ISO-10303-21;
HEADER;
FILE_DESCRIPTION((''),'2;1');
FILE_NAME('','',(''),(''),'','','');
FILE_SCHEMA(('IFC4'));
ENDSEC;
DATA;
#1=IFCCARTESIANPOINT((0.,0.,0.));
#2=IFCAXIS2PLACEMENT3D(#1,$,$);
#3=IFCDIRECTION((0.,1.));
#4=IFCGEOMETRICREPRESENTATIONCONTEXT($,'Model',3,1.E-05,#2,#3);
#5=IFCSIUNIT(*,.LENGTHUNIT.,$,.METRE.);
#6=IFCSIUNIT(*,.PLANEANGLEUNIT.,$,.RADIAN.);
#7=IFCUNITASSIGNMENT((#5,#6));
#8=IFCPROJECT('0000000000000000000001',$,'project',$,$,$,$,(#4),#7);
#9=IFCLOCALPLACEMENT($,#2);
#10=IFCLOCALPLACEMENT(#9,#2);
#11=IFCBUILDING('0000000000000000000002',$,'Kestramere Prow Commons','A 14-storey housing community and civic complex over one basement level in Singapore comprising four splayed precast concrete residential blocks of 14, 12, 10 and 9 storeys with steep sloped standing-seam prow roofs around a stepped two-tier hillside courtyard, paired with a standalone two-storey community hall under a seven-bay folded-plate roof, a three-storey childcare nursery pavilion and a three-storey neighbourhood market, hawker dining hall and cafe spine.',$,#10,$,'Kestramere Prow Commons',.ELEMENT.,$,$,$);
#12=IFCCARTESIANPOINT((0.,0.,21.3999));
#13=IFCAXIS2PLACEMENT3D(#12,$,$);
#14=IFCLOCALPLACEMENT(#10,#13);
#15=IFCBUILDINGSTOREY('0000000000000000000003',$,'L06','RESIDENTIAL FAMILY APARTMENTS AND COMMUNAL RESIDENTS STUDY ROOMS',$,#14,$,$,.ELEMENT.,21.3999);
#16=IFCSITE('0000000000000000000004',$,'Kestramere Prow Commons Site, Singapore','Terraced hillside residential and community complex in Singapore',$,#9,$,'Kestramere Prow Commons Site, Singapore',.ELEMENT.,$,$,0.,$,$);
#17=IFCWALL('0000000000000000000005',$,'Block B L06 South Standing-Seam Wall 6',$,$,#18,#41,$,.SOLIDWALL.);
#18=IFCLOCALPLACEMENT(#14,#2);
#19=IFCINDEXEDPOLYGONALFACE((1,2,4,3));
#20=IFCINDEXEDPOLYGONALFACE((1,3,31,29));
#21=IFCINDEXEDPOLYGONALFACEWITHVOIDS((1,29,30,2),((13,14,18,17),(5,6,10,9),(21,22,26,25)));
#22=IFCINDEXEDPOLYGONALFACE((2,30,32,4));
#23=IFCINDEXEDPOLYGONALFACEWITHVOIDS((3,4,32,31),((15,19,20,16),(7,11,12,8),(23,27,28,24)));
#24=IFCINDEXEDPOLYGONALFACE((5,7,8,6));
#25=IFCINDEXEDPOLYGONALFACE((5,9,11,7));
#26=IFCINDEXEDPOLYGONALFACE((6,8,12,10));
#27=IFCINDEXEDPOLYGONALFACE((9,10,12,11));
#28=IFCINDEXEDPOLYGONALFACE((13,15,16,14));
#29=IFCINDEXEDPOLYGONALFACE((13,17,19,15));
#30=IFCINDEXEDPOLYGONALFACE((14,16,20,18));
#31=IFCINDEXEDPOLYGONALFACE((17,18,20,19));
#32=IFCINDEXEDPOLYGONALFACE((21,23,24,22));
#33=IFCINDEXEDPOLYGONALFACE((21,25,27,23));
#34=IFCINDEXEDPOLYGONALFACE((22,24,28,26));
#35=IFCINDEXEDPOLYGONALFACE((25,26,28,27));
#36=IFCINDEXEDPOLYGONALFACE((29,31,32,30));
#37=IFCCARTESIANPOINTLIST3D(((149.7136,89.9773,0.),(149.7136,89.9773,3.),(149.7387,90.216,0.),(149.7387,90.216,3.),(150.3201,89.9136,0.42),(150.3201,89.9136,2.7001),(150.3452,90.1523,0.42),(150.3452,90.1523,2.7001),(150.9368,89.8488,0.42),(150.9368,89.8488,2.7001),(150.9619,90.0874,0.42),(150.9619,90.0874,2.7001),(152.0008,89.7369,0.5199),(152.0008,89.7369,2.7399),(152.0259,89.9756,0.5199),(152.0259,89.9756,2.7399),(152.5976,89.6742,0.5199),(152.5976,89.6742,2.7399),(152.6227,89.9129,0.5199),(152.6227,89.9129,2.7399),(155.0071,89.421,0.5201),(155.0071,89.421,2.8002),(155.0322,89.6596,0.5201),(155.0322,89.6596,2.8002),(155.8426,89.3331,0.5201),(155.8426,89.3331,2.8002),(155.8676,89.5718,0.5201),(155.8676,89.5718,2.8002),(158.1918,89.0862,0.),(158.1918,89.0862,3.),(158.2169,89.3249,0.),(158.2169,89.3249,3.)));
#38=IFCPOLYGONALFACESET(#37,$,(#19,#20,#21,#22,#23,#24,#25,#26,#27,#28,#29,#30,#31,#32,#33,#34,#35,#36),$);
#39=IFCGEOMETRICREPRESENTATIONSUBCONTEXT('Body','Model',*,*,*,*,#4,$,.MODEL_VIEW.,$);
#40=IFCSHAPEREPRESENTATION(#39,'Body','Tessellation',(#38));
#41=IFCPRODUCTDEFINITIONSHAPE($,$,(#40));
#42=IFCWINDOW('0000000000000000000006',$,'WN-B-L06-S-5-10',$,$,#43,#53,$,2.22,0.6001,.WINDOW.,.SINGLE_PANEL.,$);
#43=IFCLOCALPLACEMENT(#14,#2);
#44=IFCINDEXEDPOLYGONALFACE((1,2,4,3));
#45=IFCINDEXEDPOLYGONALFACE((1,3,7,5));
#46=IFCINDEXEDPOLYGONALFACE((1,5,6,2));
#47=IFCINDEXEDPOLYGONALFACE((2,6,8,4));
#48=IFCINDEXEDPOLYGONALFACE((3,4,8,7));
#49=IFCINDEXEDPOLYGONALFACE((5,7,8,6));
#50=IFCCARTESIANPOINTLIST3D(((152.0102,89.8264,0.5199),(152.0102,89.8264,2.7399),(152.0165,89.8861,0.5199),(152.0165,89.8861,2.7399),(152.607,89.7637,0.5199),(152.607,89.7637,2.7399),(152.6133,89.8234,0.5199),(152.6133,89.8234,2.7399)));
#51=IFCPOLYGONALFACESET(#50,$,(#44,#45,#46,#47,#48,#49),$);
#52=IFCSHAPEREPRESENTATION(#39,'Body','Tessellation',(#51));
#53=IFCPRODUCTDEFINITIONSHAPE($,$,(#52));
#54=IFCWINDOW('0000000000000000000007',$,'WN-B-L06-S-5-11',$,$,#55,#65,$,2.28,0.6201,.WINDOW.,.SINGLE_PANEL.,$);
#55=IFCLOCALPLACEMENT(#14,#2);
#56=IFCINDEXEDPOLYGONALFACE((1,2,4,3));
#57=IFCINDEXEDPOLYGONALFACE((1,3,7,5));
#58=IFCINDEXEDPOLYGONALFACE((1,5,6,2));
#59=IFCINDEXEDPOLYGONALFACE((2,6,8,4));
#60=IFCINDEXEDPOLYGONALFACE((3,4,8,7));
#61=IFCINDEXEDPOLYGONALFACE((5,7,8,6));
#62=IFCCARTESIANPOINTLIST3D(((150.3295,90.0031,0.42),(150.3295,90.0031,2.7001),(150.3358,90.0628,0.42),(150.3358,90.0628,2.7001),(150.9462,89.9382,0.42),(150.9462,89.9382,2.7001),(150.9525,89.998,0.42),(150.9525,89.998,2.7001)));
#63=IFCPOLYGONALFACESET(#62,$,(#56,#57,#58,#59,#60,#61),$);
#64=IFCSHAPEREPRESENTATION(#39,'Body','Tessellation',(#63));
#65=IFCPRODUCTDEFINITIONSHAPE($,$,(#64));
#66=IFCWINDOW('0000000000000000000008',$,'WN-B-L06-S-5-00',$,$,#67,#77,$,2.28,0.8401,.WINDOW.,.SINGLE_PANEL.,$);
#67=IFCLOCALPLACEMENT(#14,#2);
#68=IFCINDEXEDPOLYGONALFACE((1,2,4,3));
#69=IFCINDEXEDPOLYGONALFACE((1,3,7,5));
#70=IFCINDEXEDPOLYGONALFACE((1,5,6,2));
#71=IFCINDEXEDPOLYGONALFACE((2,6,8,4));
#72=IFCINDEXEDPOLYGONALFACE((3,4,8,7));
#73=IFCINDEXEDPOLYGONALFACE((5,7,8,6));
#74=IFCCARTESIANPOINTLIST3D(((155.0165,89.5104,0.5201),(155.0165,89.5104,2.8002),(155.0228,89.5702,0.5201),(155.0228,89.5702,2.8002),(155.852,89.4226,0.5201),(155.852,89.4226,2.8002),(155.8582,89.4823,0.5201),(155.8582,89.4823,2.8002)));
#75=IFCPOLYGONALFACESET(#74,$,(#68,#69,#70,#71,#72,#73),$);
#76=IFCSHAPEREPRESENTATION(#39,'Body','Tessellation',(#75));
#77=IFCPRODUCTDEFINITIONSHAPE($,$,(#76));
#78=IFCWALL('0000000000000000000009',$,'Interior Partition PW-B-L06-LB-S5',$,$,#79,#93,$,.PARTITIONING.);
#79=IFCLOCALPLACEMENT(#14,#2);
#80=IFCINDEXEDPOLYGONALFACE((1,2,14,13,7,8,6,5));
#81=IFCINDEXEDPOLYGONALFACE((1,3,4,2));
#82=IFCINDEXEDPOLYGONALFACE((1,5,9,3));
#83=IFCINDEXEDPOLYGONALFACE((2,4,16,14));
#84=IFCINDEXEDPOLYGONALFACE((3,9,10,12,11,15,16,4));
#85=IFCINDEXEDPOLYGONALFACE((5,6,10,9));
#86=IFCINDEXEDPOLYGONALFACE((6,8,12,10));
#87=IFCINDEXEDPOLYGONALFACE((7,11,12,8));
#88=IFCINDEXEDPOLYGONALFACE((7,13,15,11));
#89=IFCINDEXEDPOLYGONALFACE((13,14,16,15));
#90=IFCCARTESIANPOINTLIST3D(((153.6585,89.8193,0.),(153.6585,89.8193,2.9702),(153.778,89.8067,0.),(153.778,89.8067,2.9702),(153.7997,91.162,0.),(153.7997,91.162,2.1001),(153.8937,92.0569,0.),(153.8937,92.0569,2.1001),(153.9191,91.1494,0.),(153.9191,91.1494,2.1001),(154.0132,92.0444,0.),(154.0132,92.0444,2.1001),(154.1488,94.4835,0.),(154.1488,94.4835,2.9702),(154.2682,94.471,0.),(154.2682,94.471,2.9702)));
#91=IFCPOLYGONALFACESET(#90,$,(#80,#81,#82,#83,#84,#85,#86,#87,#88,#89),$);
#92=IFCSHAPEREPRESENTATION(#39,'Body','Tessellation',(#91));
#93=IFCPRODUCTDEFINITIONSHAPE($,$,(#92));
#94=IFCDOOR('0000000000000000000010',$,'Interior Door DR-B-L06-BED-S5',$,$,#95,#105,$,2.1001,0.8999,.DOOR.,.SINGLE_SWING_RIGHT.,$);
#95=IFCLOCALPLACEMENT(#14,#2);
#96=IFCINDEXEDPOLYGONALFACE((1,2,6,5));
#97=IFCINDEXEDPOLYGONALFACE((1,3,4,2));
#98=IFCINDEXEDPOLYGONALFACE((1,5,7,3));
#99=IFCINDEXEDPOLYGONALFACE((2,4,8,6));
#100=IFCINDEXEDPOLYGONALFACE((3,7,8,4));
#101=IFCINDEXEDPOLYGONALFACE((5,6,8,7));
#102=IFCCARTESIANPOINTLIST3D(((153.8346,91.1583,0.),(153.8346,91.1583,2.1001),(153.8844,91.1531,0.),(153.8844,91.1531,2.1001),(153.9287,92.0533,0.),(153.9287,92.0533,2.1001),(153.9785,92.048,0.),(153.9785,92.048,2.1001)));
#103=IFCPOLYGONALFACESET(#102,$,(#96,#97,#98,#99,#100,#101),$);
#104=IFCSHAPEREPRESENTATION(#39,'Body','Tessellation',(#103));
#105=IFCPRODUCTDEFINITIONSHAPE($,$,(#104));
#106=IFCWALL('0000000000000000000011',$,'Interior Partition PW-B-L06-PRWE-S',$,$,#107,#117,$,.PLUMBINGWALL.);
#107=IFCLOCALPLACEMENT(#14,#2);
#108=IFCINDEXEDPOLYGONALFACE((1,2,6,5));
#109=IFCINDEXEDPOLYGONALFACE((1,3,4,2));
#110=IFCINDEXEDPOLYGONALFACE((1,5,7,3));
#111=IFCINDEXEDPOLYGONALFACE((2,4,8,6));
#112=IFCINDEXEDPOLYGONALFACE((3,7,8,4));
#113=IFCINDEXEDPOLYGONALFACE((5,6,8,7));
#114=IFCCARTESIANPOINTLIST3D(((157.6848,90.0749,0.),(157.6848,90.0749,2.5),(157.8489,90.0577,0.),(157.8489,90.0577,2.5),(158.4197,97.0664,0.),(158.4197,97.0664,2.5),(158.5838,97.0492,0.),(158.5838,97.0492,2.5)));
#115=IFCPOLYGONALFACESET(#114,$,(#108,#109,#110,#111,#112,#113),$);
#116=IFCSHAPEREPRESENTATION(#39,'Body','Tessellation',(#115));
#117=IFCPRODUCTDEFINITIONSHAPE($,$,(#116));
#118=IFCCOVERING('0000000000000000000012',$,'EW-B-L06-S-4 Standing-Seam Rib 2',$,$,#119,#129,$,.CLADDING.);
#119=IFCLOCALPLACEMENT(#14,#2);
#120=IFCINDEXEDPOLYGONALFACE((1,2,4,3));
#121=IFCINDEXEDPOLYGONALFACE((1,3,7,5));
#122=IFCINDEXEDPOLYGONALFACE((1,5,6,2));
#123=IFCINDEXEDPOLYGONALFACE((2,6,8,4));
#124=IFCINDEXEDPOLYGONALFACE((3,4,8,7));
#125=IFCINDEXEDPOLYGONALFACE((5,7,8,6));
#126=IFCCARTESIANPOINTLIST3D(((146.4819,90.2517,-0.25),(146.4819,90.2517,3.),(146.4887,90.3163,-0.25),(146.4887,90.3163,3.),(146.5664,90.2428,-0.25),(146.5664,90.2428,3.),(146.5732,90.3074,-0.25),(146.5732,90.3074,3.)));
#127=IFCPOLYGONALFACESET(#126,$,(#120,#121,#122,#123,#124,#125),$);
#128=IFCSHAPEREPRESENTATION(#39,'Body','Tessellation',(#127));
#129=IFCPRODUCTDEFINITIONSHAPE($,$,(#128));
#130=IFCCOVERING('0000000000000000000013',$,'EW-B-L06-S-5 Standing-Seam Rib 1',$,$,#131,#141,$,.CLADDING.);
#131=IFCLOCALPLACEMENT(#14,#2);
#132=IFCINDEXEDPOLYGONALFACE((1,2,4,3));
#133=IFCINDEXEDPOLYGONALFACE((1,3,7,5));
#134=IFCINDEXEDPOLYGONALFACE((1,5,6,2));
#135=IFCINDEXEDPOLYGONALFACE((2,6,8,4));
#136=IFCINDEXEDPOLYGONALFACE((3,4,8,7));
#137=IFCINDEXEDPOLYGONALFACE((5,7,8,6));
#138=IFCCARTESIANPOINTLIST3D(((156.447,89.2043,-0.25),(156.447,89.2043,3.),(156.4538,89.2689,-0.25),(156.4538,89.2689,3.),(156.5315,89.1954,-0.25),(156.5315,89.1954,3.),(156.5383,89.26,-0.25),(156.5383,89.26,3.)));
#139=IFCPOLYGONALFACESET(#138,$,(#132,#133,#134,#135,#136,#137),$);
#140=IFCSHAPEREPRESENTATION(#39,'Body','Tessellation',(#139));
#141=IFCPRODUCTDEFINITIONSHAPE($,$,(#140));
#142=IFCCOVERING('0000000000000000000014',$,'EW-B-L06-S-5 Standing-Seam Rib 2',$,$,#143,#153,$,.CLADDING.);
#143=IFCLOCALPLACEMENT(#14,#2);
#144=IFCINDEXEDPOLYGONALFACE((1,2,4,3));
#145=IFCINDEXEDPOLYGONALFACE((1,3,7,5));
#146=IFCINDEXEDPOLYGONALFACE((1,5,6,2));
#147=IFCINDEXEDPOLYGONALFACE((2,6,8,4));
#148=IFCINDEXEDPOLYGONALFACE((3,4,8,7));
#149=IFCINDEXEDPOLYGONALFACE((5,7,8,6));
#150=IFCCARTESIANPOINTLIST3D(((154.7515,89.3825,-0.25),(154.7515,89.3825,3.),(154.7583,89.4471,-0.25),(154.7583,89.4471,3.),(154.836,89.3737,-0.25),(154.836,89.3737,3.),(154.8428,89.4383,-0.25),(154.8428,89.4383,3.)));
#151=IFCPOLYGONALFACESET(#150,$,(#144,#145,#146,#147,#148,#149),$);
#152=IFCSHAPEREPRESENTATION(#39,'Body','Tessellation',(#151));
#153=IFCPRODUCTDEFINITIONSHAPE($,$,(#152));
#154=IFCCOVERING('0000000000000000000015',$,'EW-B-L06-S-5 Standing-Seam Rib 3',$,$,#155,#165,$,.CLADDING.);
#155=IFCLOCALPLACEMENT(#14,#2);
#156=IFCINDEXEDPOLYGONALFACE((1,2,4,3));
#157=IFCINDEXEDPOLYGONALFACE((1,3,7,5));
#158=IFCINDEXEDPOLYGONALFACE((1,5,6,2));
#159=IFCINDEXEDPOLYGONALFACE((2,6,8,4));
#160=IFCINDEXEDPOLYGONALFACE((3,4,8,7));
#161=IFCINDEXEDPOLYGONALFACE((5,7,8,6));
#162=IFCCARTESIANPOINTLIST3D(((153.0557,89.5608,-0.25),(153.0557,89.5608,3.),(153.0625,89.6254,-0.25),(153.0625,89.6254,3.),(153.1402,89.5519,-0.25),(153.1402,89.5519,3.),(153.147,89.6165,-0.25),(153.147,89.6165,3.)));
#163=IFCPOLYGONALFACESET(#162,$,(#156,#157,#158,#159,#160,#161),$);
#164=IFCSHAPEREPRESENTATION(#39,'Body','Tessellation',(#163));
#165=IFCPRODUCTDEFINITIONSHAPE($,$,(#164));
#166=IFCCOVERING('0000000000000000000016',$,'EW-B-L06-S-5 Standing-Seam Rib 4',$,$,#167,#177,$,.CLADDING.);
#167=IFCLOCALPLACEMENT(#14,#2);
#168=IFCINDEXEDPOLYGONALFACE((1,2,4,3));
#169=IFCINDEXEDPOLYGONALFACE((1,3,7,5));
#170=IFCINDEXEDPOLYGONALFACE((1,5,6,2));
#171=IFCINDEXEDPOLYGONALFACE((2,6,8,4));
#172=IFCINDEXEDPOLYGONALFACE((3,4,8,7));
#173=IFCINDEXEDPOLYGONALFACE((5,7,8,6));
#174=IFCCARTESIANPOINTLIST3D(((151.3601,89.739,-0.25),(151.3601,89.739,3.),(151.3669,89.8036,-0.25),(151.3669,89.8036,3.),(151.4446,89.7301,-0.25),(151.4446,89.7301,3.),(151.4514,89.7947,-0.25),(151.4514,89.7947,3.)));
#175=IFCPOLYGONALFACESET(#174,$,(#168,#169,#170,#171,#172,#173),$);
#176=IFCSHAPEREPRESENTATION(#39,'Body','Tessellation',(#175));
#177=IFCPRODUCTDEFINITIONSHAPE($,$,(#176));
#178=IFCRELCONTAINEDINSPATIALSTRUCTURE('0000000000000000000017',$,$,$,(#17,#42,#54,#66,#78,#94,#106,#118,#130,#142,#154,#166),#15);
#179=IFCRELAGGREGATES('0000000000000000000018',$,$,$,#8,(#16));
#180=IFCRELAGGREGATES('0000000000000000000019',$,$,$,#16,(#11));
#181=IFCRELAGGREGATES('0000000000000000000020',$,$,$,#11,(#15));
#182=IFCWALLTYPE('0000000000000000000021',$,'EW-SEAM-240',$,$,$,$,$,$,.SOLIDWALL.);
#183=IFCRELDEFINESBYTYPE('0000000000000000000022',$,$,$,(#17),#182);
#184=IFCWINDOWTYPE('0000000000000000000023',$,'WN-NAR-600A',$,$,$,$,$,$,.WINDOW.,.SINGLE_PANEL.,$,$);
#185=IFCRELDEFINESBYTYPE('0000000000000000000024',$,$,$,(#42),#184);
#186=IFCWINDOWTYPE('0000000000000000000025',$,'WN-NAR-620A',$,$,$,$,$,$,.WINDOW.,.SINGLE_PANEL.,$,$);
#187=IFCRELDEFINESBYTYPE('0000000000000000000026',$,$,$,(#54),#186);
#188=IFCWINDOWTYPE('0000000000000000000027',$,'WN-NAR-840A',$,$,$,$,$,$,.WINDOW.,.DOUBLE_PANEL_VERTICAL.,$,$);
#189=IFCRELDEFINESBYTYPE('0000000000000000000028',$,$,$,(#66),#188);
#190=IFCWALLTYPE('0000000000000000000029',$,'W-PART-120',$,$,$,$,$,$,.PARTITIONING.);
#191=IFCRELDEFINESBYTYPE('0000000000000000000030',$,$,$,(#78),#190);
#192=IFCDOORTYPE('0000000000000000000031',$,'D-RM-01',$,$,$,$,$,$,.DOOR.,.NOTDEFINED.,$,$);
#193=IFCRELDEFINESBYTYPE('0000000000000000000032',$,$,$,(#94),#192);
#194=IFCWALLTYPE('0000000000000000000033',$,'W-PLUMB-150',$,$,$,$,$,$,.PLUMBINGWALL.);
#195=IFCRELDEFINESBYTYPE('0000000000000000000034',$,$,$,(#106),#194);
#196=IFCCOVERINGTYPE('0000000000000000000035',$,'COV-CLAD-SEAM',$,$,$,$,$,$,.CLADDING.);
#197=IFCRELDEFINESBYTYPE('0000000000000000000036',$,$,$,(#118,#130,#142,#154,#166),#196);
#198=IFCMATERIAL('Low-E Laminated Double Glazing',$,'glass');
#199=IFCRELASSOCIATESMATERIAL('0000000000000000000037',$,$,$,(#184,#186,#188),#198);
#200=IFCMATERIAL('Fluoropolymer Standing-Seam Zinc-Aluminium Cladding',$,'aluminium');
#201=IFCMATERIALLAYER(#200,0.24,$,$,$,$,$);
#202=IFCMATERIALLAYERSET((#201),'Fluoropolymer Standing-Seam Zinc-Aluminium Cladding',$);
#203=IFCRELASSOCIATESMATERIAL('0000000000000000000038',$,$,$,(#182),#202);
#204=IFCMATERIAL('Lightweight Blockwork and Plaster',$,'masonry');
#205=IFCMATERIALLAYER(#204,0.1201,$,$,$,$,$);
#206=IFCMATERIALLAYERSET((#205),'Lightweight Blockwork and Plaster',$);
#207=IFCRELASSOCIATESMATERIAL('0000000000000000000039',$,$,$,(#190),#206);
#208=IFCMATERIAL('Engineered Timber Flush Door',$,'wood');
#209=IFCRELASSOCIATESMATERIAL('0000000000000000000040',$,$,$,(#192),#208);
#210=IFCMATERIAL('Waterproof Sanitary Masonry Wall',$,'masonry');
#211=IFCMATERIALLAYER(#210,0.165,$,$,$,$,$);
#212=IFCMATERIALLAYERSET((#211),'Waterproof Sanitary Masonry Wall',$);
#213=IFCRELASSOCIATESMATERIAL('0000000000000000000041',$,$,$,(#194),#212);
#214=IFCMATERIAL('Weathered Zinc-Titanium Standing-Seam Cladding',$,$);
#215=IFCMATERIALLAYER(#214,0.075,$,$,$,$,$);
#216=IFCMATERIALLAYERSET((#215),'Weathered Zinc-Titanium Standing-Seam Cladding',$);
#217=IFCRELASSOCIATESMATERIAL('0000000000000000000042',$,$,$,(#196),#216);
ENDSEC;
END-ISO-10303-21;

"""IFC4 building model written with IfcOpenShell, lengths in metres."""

from ifc_helpers import new_model, si_unit, direction, frame, frame_2d, origin, origin_2d, place, context, subcontext, project, spatial, rectangle, extrude, material, layer, layer_set, type_object, element, fill, save


model = new_model("IFC4")

# Units and contexts
model_context = context("Model", 3, precision=1e-05, world=origin(), true_north=direction((0.0, 1.0)))
body_context = subcontext(model_context, "Body", "Model", "MODEL_VIEW")
ifc_project = project(units=[si_unit("LENGTHUNIT", "METRE"), si_unit("PLANEANGLEUNIT", "RADIAN")], contexts=[model_context])

# Site, building, storey
site_placement = place(None, origin())
site = spatial("IfcSite", under=ifc_project, at=site_placement, Name="Kestramere Prow Commons Site, Singapore", Description="Terraced hillside residential and community complex in Singapore", LongName="Kestramere Prow Commons Site, Singapore", CompositionType="ELEMENT", RefElevation=0.0)
building_placement = place(site_placement, origin())
building = spatial("IfcBuilding", under=site, at=building_placement, Name="Kestramere Prow Commons", Description="A 14-storey housing community and civic complex over one basement level in Singapore comprising four splayed precast concrete residential blocks of 14, 12, 10 and 9 storeys with steep sloped standing-seam prow roofs around a stepped two-tier hillside courtyard, paired with a standalone two-storey community hall under a seven-bay folded-plate roof, a three-storey childcare nursery pavilion and a three-storey neighbourhood market, hawker dining hall and cafe spine.", LongName="Kestramere Prow Commons", CompositionType="ELEMENT")
storey_placement = place(building_placement, frame((0.0, 0.0, 21.3999)))
storey = spatial("IfcBuildingStorey", under=building, at=storey_placement, Name="L06", Description="RESIDENTIAL FAMILY APARTMENTS AND COMMUNAL RESIDENTS STUDY ROOMS", CompositionType="ELEMENT", Elevation=21.3999)

# Wall, openings, windows
ifc_material_1 = material(Name="Weathered Zinc-Titanium Standing-Seam Cladding")
ifc_material_2 = material(Name="Low-E Laminated Double Glazing", Category="glass")
window_type_1 = type_object("IfcWindowType", Name="WN-NAR-600A", PartitioningType="SINGLE_PANEL", PredefinedType="WINDOW", material=ifc_material_2)
ifc_material_3 = material(Name="Fluoropolymer Standing-Seam Zinc-Aluminium Cladding", Category="aluminium")
ifc_layer_1 = layer(ifc_material_3, 0.24)
ifc_layer_set_1 = layer_set([ifc_layer_1], Name="Fluoropolymer Standing-Seam Zinc-Aluminium Cladding")
wall_type_1 = type_object("IfcWallType", Name="EW-SEAM-240", PredefinedType="SOLIDWALL", material=ifc_layer_set_1)
wall_1_placement = place(storey_placement, frame((158.2043, 89.2056, 0.0), z_axis=(0.0, 0.0, 1.0), x_axis=(-0.994522, 0.10453, 0.0)))
wall_1 = element("IfcWall", 1, at=wall_1_placement, inside=storey, type_object=wall_type_1, Name="Block B L06 South Standing-Seam Wall 6", PredefinedType="SOLIDWALL", context=body_context, shape_type="SweptSolid", body=[
    extrude(rectangle(XDim=8.5249, YDim=0.24, at=frame_2d((4.2625, 0.0))), origin(), (0.0, 0.0, 1.0), 3.0),
])
opening_1_placement = place(wall_1_placement, frame((2.3623, 0.0, 0.52)))
opening_1 = element("IfcOpeningElement", 2, at=opening_1_placement, cuts=wall_1, PredefinedType="OPENING", context=body_context, shape_type="SweptSolid", body=[
    extrude(rectangle(XDim=0.8401, YDim=2.28, at=frame_2d((0.4199, 1.1401))), frame((0.0, 0.135, 0.0), z_axis=(0.0, -1.0, 0.0), x_axis=(1.0, 0.0, 0.0)), (0.0, 0.0, 1.0), 0.27),
])
opening_2_placement = place(wall_1_placement, frame((5.625, 0.0, 0.52)))
opening_2 = element("IfcOpeningElement", 3, at=opening_2_placement, cuts=wall_1, PredefinedType="OPENING", context=body_context, shape_type="SweptSolid", body=[
    extrude(rectangle(XDim=0.6001, YDim=2.22, at=frame_2d((0.3, 1.1099))), frame((0.0, 0.135, 0.0), z_axis=(0.0, -1.0, 0.0), x_axis=(1.0, 0.0, 0.0)), (0.0, 0.0, 1.0), 0.27),
])
opening_3_placement = place(wall_1_placement, frame((7.2949, 0.0, 0.4199)))
opening_3 = element("IfcOpeningElement", 4, at=opening_3_placement, cuts=wall_1, PredefinedType="OPENING", context=body_context, shape_type="SweptSolid", body=[
    extrude(rectangle(XDim=0.6201, YDim=2.28, at=frame_2d((0.3101, 1.1401))), frame((0.0, 0.135, 0.0), z_axis=(0.0, -1.0, 0.0), x_axis=(1.0, 0.0, 0.0)), (0.0, 0.0, 1.0), 0.27),
])
window_1_placement = place(opening_2_placement, origin())
window_1 = element("IfcWindow", 5, at=window_1_placement, inside=storey, type_object=window_type_1, Name="WN-B-L06-S-5-10", OverallHeight=2.22, OverallWidth=0.6001, PartitioningType="SINGLE_PANEL", PredefinedType="WINDOW", context=body_context, shape_type="SweptSolid", body=[
    extrude(rectangle(XDim=0.6001, YDim=2.22, at=frame_2d((0.3, 1.1099))), frame((0.0, 0.03, 0.0), z_axis=(0.0, -1.0, 0.0), x_axis=(1.0, 0.0, 0.0)), (0.0, 0.0, 1.0), 0.0601),
])
fill(opening_2, window_1)
window_type_2 = type_object("IfcWindowType", Name="WN-NAR-620A", PartitioningType="SINGLE_PANEL", PredefinedType="WINDOW", material=ifc_material_2)
window_2_placement = place(opening_3_placement, origin())
window_2 = element("IfcWindow", 6, at=window_2_placement, inside=storey, type_object=window_type_2, Name="WN-B-L06-S-5-11", OverallHeight=2.28, OverallWidth=0.6201, PartitioningType="SINGLE_PANEL", PredefinedType="WINDOW", context=body_context, shape_type="SweptSolid", body=[
    extrude(rectangle(XDim=0.6201, YDim=2.28, at=frame_2d((0.3101, 1.1401))), frame((0.0, 0.03, 0.0), z_axis=(0.0, -1.0, 0.0), x_axis=(1.0, 0.0, 0.0)), (0.0, 0.0, 1.0), 0.0601),
])
fill(opening_3, window_2)
window_type_3 = type_object("IfcWindowType", Name="WN-NAR-840A", PartitioningType="DOUBLE_PANEL_VERTICAL", PredefinedType="WINDOW", material=ifc_material_2)
window_3_placement = place(opening_1_placement, origin())
window_3 = element("IfcWindow", 7, at=window_3_placement, inside=storey, type_object=window_type_3, Name="WN-B-L06-S-5-00", OverallHeight=2.28, OverallWidth=0.8401, PartitioningType="SINGLE_PANEL", PredefinedType="WINDOW", context=body_context, shape_type="SweptSolid", body=[
    extrude(rectangle(XDim=0.8401, YDim=2.28, at=frame_2d((0.4199, 1.1401))), frame((0.0, 0.03, 0.0), z_axis=(0.0, -1.0, 0.0), x_axis=(1.0, 0.0, 0.0)), (0.0, 0.0, 1.0), 0.0601),
])
fill(opening_1, window_3)

# Wall, opening, door
ifc_material_4 = material(Name="Lightweight Blockwork and Plaster", Category="masonry")
ifc_layer_2 = layer(ifc_material_4, 0.1201)
ifc_layer_set_2 = layer_set([ifc_layer_2], Name="Lightweight Blockwork and Plaster")
wall_type_2 = type_object("IfcWallType", Name="W-PART-120", PredefinedType="PARTITIONING", material=ifc_layer_set_2)
wall_2_placement = place(storey_placement, frame((153.7183, 89.813, 0.0), z_axis=(0.0, 0.0, 1.0), x_axis=(0.104528, 0.994522, 0.0)))
wall_2 = element("IfcWall", 8, at=wall_2_placement, inside=storey, type_object=wall_type_2, Name="Interior Partition PW-B-L06-LB-S5", PredefinedType="PARTITIONING", context=body_context, shape_type="SweptSolid", body=[
    extrude(rectangle(XDim=4.6899, YDim=0.1201, at=frame_2d((2.345, 0.0))), origin(), (0.0, 0.0, 1.0), 2.9702),
])
opening_4_placement = place(wall_2_placement, frame((1.3501, 0.0, 0.0)))
opening_4 = element("IfcOpeningElement", 9, at=opening_4_placement, cuts=wall_2, PredefinedType="OPENING", context=body_context, shape_type="SweptSolid", body=[
    extrude(rectangle(XDim=0.8999, YDim=2.1001, at=frame_2d((0.45, 1.05))), frame((0.0, 0.075, 0.0), z_axis=(0.0, -1.0, 0.0), x_axis=(1.0, 0.0, 0.0)), (0.0, 0.0, 1.0), 0.1501),
])
ifc_material_5 = material(Name="Engineered Timber Flush Door", Category="wood")
door_type = type_object("IfcDoorType", Name="D-RM-01", OperationType="NOTDEFINED", PredefinedType="DOOR", material=ifc_material_5)
door_placement = place(opening_4_placement, origin())
door = element("IfcDoor", 10, at=door_placement, inside=storey, type_object=door_type, Name="Interior Door DR-B-L06-BED-S5", OperationType="SINGLE_SWING_RIGHT", OverallHeight=2.1001, OverallWidth=0.8999, PredefinedType="DOOR", context=body_context, shape_type="SweptSolid", body=[
    extrude(rectangle(XDim=0.8999, YDim=2.1001, at=frame_2d((0.45, 1.05))), frame((0.0, 0.0249, 0.0), z_axis=(0.0, -1.0, 0.0), x_axis=(1.0, 0.0, 0.0)), (0.0, 0.0, 1.0), 0.05),
])
fill(opening_4, door)

# Wall
ifc_material_6 = material(Name="Waterproof Sanitary Masonry Wall", Category="masonry")
ifc_layer_3 = layer(ifc_material_6, 0.165)
ifc_layer_set_3 = layer_set([ifc_layer_3], Name="Waterproof Sanitary Masonry Wall")
wall_type_3 = type_object("IfcWallType", Name="W-PLUMB-150", PredefinedType="PLUMBINGWALL", material=ifc_layer_set_3)
wall_3_placement = place(storey_placement, frame((157.7668, 90.0662, 0.0), z_axis=(0.0, 0.0, 1.0), x_axis=(0.104533, 0.994521, 0.0)))
element("IfcWall", 11, at=wall_3_placement, inside=storey, type_object=wall_type_3, Name="Interior Partition PW-B-L06-PRWE-S", PredefinedType="PLUMBINGWALL", context=body_context, shape_type="SweptSolid", body=[
    extrude(rectangle(XDim=7.03, YDim=0.165, at=frame_2d((3.5151, 0.0))), origin(), (0.0, 0.0, 1.0), 2.5),
])

# Coverings
ifc_layer_4 = layer(ifc_material_1, 0.075)
ifc_layer_set_4 = layer_set([ifc_layer_4], Name="Weathered Zinc-Titanium Standing-Seam Cladding")
covering_type = type_object("IfcCoveringType", Name="COV-CLAD-SEAM", PredefinedType="CLADDING", material=ifc_layer_set_4)
for number, where, z_axis, x_axis, name in (
    (12, (146.5276, 90.2795, -0.25), (0.0, 0.0, 1.0), (-0.994522, 0.104528, 0.0), "EW-B-L06-S-4 Standing-Seam Rib 2"),
    (13, (156.4927, 89.2322, -0.25), (0.0, 0.0, 1.0), (-0.994522, 0.104528, 0.0), "EW-B-L06-S-5 Standing-Seam Rib 1"),
    (14, (154.7971, 89.4104, -0.25), (0.0, 0.0, 1.0), (-0.994522, 0.104528, 0.0), "EW-B-L06-S-5 Standing-Seam Rib 2"),
    (15, (153.1013, 89.5886, -0.25), (0.0, 0.0, 1.0), (-0.994522, 0.104528, 0.0), "EW-B-L06-S-5 Standing-Seam Rib 3"),
    (16, (151.4058, 89.7668, -0.25), (0.0, 0.0, 1.0), (-0.994522, 0.104528, 0.0), "EW-B-L06-S-5 Standing-Seam Rib 4"),
):
    element("IfcCovering", number, at=place(storey_placement, frame(where, z_axis=z_axis, x_axis=x_axis)), inside=storey, type_object=covering_type, Name=name, PredefinedType="CLADDING", context=body_context, shape_type="SweptSolid", body=[
        extrude(rectangle(XDim=0.085, YDim=0.0649, at=origin_2d()), origin(), (0.0, 0.0, 1.0), 3.25),
    ])

save(model, "model.ifc")
